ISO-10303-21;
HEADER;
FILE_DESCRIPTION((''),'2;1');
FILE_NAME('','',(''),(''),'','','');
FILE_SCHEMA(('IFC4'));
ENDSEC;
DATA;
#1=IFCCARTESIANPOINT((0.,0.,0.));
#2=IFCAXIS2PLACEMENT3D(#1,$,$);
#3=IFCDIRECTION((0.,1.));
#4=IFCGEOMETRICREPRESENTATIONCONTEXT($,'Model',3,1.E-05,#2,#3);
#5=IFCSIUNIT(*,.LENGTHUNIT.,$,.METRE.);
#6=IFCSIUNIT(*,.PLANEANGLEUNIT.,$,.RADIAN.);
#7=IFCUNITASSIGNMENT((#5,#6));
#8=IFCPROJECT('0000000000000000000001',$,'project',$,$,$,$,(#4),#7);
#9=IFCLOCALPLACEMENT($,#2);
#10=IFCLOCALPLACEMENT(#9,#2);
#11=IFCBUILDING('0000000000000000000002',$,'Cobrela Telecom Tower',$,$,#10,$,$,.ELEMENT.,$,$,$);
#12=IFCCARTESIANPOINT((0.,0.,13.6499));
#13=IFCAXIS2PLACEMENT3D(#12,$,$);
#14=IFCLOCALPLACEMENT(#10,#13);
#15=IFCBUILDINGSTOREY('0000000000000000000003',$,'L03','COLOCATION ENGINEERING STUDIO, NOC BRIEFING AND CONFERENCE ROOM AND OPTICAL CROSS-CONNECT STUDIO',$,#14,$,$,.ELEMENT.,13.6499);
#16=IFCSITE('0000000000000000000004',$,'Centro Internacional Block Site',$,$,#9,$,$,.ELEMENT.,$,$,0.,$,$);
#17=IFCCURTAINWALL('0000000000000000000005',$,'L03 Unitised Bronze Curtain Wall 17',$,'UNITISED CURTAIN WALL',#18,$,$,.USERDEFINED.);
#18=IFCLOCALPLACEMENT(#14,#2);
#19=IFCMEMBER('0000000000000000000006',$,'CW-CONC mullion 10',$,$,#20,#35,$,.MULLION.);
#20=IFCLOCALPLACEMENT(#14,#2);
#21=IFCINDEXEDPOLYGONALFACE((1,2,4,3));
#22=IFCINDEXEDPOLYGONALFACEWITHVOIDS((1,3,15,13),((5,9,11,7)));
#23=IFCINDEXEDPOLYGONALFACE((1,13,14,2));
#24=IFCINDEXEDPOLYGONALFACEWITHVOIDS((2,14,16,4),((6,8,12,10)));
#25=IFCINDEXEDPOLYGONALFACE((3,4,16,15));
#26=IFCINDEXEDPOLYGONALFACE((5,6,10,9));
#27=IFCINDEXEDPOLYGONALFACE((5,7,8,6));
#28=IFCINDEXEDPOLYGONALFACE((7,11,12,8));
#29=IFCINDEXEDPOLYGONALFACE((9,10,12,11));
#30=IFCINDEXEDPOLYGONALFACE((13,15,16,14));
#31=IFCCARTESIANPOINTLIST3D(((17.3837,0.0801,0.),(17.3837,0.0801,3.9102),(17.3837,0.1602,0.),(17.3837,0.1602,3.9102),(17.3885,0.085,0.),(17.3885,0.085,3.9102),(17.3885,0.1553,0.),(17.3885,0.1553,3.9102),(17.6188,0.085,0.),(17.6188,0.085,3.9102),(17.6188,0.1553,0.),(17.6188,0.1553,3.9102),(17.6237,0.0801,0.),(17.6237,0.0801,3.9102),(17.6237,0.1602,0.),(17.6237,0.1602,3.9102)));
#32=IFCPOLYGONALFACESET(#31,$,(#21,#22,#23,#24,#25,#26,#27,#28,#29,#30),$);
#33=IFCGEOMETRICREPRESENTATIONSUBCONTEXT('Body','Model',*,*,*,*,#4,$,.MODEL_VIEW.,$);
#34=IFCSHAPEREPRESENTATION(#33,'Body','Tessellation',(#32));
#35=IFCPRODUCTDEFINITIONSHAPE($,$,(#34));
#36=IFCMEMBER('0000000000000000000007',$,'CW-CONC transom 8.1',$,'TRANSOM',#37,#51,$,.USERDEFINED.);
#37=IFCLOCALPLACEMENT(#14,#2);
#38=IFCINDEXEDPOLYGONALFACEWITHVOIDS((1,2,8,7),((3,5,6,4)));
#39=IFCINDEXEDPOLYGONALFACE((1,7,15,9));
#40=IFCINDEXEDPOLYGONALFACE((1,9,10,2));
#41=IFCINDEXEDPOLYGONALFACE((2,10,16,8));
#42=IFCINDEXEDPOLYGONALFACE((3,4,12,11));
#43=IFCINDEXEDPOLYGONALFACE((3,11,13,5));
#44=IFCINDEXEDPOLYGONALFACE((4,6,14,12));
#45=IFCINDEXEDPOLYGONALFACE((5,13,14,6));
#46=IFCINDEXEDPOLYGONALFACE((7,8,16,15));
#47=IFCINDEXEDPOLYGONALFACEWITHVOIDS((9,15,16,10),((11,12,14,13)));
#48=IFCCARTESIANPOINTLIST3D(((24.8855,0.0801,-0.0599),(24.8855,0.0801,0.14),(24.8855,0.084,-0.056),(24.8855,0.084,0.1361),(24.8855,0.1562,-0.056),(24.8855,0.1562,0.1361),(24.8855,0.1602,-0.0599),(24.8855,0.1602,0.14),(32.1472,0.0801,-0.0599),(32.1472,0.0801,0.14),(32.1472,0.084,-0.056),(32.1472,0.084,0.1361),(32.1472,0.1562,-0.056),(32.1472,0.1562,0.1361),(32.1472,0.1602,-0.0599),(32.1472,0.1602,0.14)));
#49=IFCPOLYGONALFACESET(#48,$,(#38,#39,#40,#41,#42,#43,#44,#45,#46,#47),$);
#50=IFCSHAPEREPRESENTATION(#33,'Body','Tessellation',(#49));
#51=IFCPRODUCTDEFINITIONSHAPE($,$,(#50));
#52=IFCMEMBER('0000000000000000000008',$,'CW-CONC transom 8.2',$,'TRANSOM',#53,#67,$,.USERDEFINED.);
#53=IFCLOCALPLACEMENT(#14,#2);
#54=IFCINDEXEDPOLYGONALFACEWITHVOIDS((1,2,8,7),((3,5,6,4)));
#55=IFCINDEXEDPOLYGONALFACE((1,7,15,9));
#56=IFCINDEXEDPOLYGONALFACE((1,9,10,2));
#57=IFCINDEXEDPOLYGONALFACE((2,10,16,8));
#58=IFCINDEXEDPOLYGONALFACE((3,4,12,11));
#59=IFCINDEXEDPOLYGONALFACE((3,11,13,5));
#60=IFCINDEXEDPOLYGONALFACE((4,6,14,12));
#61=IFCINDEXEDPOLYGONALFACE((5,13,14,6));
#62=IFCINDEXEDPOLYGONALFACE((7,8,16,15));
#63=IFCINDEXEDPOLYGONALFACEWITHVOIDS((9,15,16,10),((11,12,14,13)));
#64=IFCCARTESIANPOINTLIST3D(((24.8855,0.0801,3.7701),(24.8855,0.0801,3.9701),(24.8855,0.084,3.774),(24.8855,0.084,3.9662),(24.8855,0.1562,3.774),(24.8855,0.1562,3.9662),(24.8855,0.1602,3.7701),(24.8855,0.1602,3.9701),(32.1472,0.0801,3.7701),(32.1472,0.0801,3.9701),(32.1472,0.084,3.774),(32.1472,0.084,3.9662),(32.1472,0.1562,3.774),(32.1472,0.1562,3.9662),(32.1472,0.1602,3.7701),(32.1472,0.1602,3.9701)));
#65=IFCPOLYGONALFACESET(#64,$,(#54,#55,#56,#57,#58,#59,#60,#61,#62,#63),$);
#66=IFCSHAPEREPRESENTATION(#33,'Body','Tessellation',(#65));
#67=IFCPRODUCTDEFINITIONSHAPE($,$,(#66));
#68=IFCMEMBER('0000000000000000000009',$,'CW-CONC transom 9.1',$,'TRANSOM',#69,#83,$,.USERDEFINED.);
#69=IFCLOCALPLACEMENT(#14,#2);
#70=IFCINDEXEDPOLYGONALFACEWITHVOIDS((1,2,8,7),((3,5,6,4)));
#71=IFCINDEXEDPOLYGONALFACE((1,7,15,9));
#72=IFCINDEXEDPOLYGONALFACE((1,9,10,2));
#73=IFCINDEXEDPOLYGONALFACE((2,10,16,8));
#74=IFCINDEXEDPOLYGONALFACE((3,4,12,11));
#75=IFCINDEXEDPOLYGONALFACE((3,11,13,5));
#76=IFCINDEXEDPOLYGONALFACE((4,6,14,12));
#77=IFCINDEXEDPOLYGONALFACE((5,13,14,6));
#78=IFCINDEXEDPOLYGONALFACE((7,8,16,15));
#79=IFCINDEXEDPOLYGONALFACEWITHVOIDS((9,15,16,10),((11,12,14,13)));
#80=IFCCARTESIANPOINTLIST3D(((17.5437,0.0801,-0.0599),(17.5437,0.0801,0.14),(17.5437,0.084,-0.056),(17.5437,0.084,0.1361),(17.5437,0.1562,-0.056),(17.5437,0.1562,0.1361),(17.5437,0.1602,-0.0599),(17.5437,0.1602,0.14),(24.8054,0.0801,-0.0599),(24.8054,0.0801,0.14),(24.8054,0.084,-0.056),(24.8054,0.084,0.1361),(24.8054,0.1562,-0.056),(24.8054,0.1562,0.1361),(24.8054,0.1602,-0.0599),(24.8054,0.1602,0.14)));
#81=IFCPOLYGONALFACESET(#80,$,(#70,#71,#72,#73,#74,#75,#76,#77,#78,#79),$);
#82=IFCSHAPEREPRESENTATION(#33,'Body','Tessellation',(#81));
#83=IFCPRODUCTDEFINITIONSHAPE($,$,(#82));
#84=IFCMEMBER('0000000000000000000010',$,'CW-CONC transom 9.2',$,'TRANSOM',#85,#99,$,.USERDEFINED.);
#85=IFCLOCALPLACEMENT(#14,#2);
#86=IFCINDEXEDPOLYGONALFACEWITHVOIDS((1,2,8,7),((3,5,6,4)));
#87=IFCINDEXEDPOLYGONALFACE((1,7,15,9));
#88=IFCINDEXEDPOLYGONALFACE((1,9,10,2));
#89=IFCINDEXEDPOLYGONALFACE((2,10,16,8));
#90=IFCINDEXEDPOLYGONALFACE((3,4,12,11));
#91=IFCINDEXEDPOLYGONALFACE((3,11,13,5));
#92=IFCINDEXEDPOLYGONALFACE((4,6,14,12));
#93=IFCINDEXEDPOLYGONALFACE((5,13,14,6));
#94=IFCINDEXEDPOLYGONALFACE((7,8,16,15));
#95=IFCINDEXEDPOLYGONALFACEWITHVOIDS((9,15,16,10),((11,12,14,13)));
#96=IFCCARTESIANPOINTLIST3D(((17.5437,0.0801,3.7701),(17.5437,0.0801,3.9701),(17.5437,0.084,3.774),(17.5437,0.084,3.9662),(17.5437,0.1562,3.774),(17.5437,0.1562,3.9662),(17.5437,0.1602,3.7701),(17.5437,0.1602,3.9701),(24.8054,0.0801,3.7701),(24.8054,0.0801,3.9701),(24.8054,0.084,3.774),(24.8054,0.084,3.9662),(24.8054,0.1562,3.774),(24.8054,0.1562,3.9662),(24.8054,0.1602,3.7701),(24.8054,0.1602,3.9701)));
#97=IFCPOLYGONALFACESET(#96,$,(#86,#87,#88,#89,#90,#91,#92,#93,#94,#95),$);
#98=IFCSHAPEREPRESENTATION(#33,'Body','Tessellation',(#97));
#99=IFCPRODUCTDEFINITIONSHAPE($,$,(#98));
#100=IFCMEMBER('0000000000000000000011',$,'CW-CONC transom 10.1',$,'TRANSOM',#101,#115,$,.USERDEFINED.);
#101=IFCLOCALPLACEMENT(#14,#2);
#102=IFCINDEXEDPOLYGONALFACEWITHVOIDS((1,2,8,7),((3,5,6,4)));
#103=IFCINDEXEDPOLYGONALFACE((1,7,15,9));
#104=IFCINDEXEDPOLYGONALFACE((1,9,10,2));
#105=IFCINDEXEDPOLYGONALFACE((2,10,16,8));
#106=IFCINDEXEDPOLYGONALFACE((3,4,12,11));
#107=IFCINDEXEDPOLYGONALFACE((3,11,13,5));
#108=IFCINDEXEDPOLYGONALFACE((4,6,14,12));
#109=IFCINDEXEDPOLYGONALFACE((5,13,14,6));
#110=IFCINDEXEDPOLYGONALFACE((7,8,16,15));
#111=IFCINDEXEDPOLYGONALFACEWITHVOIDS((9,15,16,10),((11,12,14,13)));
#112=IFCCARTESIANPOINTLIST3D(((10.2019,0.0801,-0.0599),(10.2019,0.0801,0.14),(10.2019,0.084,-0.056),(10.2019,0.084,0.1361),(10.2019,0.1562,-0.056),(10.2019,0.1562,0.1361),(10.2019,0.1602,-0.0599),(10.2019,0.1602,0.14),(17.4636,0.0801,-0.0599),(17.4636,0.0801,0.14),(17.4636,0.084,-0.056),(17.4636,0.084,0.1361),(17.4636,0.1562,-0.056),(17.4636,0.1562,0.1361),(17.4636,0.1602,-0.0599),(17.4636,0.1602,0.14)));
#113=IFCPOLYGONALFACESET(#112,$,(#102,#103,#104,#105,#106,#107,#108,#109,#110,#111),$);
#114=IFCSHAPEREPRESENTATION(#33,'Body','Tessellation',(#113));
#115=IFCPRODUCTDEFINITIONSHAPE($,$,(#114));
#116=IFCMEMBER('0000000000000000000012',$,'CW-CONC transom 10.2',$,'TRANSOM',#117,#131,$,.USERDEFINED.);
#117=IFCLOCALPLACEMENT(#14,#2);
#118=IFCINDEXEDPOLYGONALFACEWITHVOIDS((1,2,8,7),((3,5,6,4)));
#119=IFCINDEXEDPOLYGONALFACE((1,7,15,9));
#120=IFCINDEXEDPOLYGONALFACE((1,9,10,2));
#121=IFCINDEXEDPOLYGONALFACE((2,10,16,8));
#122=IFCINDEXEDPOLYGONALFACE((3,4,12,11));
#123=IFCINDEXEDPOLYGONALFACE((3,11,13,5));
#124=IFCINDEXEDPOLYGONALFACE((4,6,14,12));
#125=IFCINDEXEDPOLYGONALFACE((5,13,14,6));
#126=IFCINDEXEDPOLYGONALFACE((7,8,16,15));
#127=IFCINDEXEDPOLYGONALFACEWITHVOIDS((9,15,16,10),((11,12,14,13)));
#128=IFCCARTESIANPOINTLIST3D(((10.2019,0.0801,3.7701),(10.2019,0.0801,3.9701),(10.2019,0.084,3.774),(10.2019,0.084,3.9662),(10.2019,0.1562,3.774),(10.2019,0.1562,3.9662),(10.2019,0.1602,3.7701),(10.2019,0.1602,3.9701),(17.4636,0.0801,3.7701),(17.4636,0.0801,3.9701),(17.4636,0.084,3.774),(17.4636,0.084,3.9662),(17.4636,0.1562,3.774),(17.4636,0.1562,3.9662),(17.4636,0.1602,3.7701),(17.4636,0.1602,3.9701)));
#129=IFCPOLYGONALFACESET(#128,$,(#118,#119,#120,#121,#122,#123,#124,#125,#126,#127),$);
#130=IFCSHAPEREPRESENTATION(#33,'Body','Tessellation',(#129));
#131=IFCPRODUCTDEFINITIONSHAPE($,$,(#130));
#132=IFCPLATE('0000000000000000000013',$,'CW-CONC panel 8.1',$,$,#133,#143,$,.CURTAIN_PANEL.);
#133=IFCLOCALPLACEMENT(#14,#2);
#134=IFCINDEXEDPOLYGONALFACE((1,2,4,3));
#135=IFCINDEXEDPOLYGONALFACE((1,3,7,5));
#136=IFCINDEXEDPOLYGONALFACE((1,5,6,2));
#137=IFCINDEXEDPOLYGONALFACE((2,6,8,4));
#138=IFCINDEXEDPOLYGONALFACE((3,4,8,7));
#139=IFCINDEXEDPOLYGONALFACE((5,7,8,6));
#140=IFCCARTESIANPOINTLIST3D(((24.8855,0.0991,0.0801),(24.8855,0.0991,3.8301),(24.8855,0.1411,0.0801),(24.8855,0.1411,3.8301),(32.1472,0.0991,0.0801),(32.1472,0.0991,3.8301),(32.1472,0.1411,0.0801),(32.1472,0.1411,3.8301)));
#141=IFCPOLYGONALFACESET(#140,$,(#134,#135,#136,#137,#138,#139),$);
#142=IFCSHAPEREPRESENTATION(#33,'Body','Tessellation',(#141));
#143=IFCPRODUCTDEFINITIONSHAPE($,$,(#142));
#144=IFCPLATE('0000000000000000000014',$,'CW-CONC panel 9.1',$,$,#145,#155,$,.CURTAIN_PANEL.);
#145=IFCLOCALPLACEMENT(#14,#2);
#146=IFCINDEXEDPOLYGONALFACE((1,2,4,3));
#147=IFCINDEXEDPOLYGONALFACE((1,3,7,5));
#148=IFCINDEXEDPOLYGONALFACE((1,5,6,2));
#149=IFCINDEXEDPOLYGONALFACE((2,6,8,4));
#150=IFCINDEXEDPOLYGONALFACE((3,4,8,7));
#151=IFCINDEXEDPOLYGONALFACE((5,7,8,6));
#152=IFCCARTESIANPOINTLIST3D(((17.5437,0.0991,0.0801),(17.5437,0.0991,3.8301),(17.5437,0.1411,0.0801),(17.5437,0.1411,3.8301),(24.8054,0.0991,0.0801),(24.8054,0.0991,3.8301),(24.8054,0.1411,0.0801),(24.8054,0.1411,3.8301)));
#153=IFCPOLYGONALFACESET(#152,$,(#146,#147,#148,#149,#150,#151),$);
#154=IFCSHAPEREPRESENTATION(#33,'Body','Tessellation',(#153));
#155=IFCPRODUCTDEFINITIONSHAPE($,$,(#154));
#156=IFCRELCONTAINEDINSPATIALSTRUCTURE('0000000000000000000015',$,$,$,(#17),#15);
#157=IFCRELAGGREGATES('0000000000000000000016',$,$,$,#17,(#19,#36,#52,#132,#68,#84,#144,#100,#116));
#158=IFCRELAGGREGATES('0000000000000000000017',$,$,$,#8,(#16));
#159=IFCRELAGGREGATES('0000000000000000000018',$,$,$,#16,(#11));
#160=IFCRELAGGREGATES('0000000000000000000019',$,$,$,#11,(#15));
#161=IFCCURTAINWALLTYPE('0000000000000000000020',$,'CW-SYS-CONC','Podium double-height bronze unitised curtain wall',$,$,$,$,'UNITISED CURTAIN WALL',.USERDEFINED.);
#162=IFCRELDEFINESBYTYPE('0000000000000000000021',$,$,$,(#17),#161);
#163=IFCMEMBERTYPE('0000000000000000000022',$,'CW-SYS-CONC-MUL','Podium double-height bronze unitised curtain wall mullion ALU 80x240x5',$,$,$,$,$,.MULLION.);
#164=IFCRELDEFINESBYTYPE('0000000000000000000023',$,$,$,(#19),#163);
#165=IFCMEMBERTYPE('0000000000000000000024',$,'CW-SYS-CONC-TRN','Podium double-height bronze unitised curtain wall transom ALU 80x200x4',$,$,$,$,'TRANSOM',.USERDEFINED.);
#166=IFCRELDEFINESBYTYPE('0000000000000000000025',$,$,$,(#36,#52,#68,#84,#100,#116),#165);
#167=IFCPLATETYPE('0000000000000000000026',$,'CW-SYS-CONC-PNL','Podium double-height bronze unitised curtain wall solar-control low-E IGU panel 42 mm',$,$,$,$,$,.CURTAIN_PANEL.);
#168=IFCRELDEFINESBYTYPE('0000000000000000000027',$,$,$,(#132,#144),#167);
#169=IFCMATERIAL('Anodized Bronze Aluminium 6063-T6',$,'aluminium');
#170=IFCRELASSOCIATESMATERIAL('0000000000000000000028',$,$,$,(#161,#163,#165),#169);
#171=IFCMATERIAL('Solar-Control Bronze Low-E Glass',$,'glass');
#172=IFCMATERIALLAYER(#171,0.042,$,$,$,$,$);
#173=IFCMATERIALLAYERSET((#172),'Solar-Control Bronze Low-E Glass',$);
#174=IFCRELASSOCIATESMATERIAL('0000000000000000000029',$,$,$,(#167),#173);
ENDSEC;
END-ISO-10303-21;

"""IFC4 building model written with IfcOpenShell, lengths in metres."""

from ifc_helpers import new_model, si_unit, direction, frame, origin, origin_2d, place, context, subcontext, project, spatial, rectangle, hollow_rectangle, extrude, material, layer, layer_set, material_profile, profile_set, type_object, element, aggregate, save


model = new_model("IFC4")

# Units and contexts
model_context = context("Model", 3, precision=1e-05, world=origin(), true_north=direction((0.0, 1.0)))
body_context = subcontext(model_context, "Body", "Model", "MODEL_VIEW")
ifc_project = project(units=[si_unit("LENGTHUNIT", "METRE"), si_unit("PLANEANGLEUNIT", "RADIAN")], contexts=[model_context])

# Site, building, storey
site_placement = place(None, origin())
site = spatial("IfcSite", under=ifc_project, at=site_placement, Name="Centro Internacional Block Site", CompositionType="ELEMENT", RefElevation=0.0)
building_placement = place(site_placement, origin())
building = spatial("IfcBuilding", under=site, at=building_placement, Name="Cobrela Telecom Tower", CompositionType="ELEMENT")
storey_placement = place(building_placement, frame((0.0, 0.0, 13.6499)))
storey = spatial("IfcBuildingStorey", under=building, at=storey_placement, Name="L03", Description="COLOCATION ENGINEERING STUDIO, NOC BRIEFING AND CONFERENCE ROOM AND OPTICAL CROSS-CONNECT STUDIO", CompositionType="ELEMENT", Elevation=13.6499)

# Curtain wall, members, plates
ifc_material_1 = material(Name="Anodized Bronze Aluminium 6063-T6", Category="aluminium")
curtain_wall_type = type_object("IfcCurtainWallType", Name="CW-SYS-CONC", Description="Podium double-height bronze unitised curtain wall", ElementType="UNITISED CURTAIN WALL", PredefinedType="USERDEFINED", material=ifc_material_1)
curtain_wall_placement = place(storey_placement, origin())
curtain_wall = element("IfcCurtainWall", 1, at=curtain_wall_placement, inside=storey, type_object=curtain_wall_type, Name="L03 Unitised Bronze Curtain Wall 17", ObjectType="UNITISED CURTAIN WALL", PredefinedType="USERDEFINED")
ifc_material_profile_1 = material_profile(ifc_material_1, hollow_rectangle(XDim=0.0801, YDim=0.24, WallThickness=0.0049, at=origin_2d()), Name="ALU 80x240x5")
ifc_profile_set_1 = profile_set([ifc_material_profile_1], Name="Anodized Bronze Aluminium 6063-T6")
member_type_1 = type_object("IfcMemberType", Name="CW-SYS-CONC-MUL", Description="Podium double-height bronze unitised curtain wall mullion ALU 80x240x5", PredefinedType="MULLION", material=ifc_profile_set_1)
member_1_placement = place(storey_placement, frame((17.5037, 0.1201, 0.0), z_axis=(0.0, 0.0, 1.0), x_axis=(0.0, -1.0, 0.0)))
member_1 = element("IfcMember", 2, at=member_1_placement, type_object=member_type_1, Name="CW-CONC mullion 10", PredefinedType="MULLION", context=body_context, shape_type="SweptSolid", body=[
    extrude(hollow_rectangle(XDim=0.0801, YDim=0.24, WallThickness=0.0049, at=origin_2d()), origin(), (0.0, 0.0, 1.0), 3.9102),
])
ifc_material_profile_2 = material_profile(ifc_material_1, hollow_rectangle(XDim=0.0801, YDim=0.2, WallThickness=0.0039, at=origin_2d()), Name="ALU 80x200x4")
ifc_profile_set_2 = profile_set([ifc_material_profile_2], Name="Anodized Bronze Aluminium 6063-T6")
member_type_2 = type_object("IfcMemberType", Name="CW-SYS-CONC-TRN", Description="Podium double-height bronze unitised curtain wall transom ALU 80x200x4", ElementType="TRANSOM", PredefinedType="USERDEFINED", material=ifc_profile_set_2)
member_2_placement = place(storey_placement, frame((32.1472, 0.1201, 0.04), z_axis=(-1.0, 0.0, 0.0), x_axis=(0.0, -1.0, 0.0)))
member_2 = element("IfcMember", 3, at=member_2_placement, type_object=member_type_2, Name="CW-CONC transom 8.1", ObjectType="TRANSOM", PredefinedType="USERDEFINED", context=body_context, shape_type="SweptSolid", body=[
    extrude(hollow_rectangle(XDim=0.0801, YDim=0.2, WallThickness=0.0039, at=origin_2d()), origin(), (0.0, 0.0, 1.0), 7.2617),
])
member_3_placement = place(storey_placement, frame((32.1472, 0.1201, 3.8701), z_axis=(-1.0, 0.0, 0.0), x_axis=(0.0, -1.0, 0.0)))
member_3 = element("IfcMember", 4, at=member_3_placement, type_object=member_type_2, Name="CW-CONC transom 8.2", ObjectType="TRANSOM", PredefinedType="USERDEFINED", context=body_context, shape_type="SweptSolid", body=[
    extrude(hollow_rectangle(XDim=0.0801, YDim=0.2, WallThickness=0.0039, at=origin_2d()), origin(), (0.0, 0.0, 1.0), 7.2617),
])
member_4_placement = place(storey_placement, frame((24.8054, 0.1201, 0.04), z_axis=(-1.0, 0.0, 0.0), x_axis=(0.0, -1.0, 0.0)))
member_4 = element("IfcMember", 5, at=member_4_placement, type_object=member_type_2, Name="CW-CONC transom 9.1", ObjectType="TRANSOM", PredefinedType="USERDEFINED", context=body_context, shape_type="SweptSolid", body=[
    extrude(hollow_rectangle(XDim=0.0801, YDim=0.2, WallThickness=0.0039, at=origin_2d()), origin(), (0.0, 0.0, 1.0), 7.2617),
])
member_5_placement = place(storey_placement, frame((24.8054, 0.1201, 3.8701), z_axis=(-1.0, 0.0, 0.0), x_axis=(0.0, -1.0, 0.0)))
member_5 = element("IfcMember", 6, at=member_5_placement, type_object=member_type_2, Name="CW-CONC transom 9.2", ObjectType="TRANSOM", PredefinedType="USERDEFINED", context=body_context, shape_type="SweptSolid", body=[
    extrude(hollow_rectangle(XDim=0.0801, YDim=0.2, WallThickness=0.0039, at=origin_2d()), origin(), (0.0, 0.0, 1.0), 7.2617),
])
member_6_placement = place(storey_placement, frame((17.4636, 0.1201, 0.04), z_axis=(-1.0, 0.0, 0.0), x_axis=(0.0, -1.0, 0.0)))
member_6 = element("IfcMember", 7, at=member_6_placement, type_object=member_type_2, Name="CW-CONC transom 10.1", ObjectType="TRANSOM", PredefinedType="USERDEFINED", context=body_context, shape_type="SweptSolid", body=[
    extrude(hollow_rectangle(XDim=0.0801, YDim=0.2, WallThickness=0.0039, at=origin_2d()), origin(), (0.0, 0.0, 1.0), 7.2617),
])
member_7_placement = place(storey_placement, frame((17.4636, 0.1201, 3.8701), z_axis=(-1.0, 0.0, 0.0), x_axis=(0.0, -1.0, 0.0)))
member_7 = element("IfcMember", 8, at=member_7_placement, type_object=member_type_2, Name="CW-CONC transom 10.2", ObjectType="TRANSOM", PredefinedType="USERDEFINED", context=body_context, shape_type="SweptSolid", body=[
    extrude(hollow_rectangle(XDim=0.0801, YDim=0.2, WallThickness=0.0039, at=origin_2d()), origin(), (0.0, 0.0, 1.0), 7.2617),
])
ifc_material_2 = material(Name="Solar-Control Bronze Low-E Glass", Category="glass")
ifc_layer = layer(ifc_material_2, 0.042)
ifc_layer_set = layer_set([ifc_layer], Name="Solar-Control Bronze Low-E Glass")
plate_type = type_object("IfcPlateType", Name="CW-SYS-CONC-PNL", Description="Podium double-height bronze unitised curtain wall solar-control low-E IGU panel 42 mm", PredefinedType="CURTAIN_PANEL", material=ifc_layer_set)
plate_1_placement = place(storey_placement, frame((28.5164, 0.1201, 0.0801), z_axis=(0.0, 0.0, 1.0), x_axis=(-1.0, 0.0, 0.0)))
plate_1 = element("IfcPlate", 9, at=plate_1_placement, type_object=plate_type, Name="CW-CONC panel 8.1", PredefinedType="CURTAIN_PANEL", context=body_context, shape_type="SweptSolid", body=[
    extrude(rectangle(XDim=7.2617, YDim=0.042, at=origin_2d()), origin(), (0.0, 0.0, 1.0), 3.75),
])
plate_2_placement = place(storey_placement, frame((21.1746, 0.1201, 0.0801), z_axis=(0.0, 0.0, 1.0), x_axis=(-1.0, 0.0, 0.0)))
plate_2 = element("IfcPlate", 10, at=plate_2_placement, type_object=plate_type, Name="CW-CONC panel 9.1", PredefinedType="CURTAIN_PANEL", context=body_context, shape_type="SweptSolid", body=[
    extrude(rectangle(XDim=7.2617, YDim=0.042, at=origin_2d()), origin(), (0.0, 0.0, 1.0), 3.75),
])
aggregate(curtain_wall, [member_1, member_2, member_3, plate_1, member_4, member_5, plate_2, member_6, member_7])

save(model, "model.ifc")
